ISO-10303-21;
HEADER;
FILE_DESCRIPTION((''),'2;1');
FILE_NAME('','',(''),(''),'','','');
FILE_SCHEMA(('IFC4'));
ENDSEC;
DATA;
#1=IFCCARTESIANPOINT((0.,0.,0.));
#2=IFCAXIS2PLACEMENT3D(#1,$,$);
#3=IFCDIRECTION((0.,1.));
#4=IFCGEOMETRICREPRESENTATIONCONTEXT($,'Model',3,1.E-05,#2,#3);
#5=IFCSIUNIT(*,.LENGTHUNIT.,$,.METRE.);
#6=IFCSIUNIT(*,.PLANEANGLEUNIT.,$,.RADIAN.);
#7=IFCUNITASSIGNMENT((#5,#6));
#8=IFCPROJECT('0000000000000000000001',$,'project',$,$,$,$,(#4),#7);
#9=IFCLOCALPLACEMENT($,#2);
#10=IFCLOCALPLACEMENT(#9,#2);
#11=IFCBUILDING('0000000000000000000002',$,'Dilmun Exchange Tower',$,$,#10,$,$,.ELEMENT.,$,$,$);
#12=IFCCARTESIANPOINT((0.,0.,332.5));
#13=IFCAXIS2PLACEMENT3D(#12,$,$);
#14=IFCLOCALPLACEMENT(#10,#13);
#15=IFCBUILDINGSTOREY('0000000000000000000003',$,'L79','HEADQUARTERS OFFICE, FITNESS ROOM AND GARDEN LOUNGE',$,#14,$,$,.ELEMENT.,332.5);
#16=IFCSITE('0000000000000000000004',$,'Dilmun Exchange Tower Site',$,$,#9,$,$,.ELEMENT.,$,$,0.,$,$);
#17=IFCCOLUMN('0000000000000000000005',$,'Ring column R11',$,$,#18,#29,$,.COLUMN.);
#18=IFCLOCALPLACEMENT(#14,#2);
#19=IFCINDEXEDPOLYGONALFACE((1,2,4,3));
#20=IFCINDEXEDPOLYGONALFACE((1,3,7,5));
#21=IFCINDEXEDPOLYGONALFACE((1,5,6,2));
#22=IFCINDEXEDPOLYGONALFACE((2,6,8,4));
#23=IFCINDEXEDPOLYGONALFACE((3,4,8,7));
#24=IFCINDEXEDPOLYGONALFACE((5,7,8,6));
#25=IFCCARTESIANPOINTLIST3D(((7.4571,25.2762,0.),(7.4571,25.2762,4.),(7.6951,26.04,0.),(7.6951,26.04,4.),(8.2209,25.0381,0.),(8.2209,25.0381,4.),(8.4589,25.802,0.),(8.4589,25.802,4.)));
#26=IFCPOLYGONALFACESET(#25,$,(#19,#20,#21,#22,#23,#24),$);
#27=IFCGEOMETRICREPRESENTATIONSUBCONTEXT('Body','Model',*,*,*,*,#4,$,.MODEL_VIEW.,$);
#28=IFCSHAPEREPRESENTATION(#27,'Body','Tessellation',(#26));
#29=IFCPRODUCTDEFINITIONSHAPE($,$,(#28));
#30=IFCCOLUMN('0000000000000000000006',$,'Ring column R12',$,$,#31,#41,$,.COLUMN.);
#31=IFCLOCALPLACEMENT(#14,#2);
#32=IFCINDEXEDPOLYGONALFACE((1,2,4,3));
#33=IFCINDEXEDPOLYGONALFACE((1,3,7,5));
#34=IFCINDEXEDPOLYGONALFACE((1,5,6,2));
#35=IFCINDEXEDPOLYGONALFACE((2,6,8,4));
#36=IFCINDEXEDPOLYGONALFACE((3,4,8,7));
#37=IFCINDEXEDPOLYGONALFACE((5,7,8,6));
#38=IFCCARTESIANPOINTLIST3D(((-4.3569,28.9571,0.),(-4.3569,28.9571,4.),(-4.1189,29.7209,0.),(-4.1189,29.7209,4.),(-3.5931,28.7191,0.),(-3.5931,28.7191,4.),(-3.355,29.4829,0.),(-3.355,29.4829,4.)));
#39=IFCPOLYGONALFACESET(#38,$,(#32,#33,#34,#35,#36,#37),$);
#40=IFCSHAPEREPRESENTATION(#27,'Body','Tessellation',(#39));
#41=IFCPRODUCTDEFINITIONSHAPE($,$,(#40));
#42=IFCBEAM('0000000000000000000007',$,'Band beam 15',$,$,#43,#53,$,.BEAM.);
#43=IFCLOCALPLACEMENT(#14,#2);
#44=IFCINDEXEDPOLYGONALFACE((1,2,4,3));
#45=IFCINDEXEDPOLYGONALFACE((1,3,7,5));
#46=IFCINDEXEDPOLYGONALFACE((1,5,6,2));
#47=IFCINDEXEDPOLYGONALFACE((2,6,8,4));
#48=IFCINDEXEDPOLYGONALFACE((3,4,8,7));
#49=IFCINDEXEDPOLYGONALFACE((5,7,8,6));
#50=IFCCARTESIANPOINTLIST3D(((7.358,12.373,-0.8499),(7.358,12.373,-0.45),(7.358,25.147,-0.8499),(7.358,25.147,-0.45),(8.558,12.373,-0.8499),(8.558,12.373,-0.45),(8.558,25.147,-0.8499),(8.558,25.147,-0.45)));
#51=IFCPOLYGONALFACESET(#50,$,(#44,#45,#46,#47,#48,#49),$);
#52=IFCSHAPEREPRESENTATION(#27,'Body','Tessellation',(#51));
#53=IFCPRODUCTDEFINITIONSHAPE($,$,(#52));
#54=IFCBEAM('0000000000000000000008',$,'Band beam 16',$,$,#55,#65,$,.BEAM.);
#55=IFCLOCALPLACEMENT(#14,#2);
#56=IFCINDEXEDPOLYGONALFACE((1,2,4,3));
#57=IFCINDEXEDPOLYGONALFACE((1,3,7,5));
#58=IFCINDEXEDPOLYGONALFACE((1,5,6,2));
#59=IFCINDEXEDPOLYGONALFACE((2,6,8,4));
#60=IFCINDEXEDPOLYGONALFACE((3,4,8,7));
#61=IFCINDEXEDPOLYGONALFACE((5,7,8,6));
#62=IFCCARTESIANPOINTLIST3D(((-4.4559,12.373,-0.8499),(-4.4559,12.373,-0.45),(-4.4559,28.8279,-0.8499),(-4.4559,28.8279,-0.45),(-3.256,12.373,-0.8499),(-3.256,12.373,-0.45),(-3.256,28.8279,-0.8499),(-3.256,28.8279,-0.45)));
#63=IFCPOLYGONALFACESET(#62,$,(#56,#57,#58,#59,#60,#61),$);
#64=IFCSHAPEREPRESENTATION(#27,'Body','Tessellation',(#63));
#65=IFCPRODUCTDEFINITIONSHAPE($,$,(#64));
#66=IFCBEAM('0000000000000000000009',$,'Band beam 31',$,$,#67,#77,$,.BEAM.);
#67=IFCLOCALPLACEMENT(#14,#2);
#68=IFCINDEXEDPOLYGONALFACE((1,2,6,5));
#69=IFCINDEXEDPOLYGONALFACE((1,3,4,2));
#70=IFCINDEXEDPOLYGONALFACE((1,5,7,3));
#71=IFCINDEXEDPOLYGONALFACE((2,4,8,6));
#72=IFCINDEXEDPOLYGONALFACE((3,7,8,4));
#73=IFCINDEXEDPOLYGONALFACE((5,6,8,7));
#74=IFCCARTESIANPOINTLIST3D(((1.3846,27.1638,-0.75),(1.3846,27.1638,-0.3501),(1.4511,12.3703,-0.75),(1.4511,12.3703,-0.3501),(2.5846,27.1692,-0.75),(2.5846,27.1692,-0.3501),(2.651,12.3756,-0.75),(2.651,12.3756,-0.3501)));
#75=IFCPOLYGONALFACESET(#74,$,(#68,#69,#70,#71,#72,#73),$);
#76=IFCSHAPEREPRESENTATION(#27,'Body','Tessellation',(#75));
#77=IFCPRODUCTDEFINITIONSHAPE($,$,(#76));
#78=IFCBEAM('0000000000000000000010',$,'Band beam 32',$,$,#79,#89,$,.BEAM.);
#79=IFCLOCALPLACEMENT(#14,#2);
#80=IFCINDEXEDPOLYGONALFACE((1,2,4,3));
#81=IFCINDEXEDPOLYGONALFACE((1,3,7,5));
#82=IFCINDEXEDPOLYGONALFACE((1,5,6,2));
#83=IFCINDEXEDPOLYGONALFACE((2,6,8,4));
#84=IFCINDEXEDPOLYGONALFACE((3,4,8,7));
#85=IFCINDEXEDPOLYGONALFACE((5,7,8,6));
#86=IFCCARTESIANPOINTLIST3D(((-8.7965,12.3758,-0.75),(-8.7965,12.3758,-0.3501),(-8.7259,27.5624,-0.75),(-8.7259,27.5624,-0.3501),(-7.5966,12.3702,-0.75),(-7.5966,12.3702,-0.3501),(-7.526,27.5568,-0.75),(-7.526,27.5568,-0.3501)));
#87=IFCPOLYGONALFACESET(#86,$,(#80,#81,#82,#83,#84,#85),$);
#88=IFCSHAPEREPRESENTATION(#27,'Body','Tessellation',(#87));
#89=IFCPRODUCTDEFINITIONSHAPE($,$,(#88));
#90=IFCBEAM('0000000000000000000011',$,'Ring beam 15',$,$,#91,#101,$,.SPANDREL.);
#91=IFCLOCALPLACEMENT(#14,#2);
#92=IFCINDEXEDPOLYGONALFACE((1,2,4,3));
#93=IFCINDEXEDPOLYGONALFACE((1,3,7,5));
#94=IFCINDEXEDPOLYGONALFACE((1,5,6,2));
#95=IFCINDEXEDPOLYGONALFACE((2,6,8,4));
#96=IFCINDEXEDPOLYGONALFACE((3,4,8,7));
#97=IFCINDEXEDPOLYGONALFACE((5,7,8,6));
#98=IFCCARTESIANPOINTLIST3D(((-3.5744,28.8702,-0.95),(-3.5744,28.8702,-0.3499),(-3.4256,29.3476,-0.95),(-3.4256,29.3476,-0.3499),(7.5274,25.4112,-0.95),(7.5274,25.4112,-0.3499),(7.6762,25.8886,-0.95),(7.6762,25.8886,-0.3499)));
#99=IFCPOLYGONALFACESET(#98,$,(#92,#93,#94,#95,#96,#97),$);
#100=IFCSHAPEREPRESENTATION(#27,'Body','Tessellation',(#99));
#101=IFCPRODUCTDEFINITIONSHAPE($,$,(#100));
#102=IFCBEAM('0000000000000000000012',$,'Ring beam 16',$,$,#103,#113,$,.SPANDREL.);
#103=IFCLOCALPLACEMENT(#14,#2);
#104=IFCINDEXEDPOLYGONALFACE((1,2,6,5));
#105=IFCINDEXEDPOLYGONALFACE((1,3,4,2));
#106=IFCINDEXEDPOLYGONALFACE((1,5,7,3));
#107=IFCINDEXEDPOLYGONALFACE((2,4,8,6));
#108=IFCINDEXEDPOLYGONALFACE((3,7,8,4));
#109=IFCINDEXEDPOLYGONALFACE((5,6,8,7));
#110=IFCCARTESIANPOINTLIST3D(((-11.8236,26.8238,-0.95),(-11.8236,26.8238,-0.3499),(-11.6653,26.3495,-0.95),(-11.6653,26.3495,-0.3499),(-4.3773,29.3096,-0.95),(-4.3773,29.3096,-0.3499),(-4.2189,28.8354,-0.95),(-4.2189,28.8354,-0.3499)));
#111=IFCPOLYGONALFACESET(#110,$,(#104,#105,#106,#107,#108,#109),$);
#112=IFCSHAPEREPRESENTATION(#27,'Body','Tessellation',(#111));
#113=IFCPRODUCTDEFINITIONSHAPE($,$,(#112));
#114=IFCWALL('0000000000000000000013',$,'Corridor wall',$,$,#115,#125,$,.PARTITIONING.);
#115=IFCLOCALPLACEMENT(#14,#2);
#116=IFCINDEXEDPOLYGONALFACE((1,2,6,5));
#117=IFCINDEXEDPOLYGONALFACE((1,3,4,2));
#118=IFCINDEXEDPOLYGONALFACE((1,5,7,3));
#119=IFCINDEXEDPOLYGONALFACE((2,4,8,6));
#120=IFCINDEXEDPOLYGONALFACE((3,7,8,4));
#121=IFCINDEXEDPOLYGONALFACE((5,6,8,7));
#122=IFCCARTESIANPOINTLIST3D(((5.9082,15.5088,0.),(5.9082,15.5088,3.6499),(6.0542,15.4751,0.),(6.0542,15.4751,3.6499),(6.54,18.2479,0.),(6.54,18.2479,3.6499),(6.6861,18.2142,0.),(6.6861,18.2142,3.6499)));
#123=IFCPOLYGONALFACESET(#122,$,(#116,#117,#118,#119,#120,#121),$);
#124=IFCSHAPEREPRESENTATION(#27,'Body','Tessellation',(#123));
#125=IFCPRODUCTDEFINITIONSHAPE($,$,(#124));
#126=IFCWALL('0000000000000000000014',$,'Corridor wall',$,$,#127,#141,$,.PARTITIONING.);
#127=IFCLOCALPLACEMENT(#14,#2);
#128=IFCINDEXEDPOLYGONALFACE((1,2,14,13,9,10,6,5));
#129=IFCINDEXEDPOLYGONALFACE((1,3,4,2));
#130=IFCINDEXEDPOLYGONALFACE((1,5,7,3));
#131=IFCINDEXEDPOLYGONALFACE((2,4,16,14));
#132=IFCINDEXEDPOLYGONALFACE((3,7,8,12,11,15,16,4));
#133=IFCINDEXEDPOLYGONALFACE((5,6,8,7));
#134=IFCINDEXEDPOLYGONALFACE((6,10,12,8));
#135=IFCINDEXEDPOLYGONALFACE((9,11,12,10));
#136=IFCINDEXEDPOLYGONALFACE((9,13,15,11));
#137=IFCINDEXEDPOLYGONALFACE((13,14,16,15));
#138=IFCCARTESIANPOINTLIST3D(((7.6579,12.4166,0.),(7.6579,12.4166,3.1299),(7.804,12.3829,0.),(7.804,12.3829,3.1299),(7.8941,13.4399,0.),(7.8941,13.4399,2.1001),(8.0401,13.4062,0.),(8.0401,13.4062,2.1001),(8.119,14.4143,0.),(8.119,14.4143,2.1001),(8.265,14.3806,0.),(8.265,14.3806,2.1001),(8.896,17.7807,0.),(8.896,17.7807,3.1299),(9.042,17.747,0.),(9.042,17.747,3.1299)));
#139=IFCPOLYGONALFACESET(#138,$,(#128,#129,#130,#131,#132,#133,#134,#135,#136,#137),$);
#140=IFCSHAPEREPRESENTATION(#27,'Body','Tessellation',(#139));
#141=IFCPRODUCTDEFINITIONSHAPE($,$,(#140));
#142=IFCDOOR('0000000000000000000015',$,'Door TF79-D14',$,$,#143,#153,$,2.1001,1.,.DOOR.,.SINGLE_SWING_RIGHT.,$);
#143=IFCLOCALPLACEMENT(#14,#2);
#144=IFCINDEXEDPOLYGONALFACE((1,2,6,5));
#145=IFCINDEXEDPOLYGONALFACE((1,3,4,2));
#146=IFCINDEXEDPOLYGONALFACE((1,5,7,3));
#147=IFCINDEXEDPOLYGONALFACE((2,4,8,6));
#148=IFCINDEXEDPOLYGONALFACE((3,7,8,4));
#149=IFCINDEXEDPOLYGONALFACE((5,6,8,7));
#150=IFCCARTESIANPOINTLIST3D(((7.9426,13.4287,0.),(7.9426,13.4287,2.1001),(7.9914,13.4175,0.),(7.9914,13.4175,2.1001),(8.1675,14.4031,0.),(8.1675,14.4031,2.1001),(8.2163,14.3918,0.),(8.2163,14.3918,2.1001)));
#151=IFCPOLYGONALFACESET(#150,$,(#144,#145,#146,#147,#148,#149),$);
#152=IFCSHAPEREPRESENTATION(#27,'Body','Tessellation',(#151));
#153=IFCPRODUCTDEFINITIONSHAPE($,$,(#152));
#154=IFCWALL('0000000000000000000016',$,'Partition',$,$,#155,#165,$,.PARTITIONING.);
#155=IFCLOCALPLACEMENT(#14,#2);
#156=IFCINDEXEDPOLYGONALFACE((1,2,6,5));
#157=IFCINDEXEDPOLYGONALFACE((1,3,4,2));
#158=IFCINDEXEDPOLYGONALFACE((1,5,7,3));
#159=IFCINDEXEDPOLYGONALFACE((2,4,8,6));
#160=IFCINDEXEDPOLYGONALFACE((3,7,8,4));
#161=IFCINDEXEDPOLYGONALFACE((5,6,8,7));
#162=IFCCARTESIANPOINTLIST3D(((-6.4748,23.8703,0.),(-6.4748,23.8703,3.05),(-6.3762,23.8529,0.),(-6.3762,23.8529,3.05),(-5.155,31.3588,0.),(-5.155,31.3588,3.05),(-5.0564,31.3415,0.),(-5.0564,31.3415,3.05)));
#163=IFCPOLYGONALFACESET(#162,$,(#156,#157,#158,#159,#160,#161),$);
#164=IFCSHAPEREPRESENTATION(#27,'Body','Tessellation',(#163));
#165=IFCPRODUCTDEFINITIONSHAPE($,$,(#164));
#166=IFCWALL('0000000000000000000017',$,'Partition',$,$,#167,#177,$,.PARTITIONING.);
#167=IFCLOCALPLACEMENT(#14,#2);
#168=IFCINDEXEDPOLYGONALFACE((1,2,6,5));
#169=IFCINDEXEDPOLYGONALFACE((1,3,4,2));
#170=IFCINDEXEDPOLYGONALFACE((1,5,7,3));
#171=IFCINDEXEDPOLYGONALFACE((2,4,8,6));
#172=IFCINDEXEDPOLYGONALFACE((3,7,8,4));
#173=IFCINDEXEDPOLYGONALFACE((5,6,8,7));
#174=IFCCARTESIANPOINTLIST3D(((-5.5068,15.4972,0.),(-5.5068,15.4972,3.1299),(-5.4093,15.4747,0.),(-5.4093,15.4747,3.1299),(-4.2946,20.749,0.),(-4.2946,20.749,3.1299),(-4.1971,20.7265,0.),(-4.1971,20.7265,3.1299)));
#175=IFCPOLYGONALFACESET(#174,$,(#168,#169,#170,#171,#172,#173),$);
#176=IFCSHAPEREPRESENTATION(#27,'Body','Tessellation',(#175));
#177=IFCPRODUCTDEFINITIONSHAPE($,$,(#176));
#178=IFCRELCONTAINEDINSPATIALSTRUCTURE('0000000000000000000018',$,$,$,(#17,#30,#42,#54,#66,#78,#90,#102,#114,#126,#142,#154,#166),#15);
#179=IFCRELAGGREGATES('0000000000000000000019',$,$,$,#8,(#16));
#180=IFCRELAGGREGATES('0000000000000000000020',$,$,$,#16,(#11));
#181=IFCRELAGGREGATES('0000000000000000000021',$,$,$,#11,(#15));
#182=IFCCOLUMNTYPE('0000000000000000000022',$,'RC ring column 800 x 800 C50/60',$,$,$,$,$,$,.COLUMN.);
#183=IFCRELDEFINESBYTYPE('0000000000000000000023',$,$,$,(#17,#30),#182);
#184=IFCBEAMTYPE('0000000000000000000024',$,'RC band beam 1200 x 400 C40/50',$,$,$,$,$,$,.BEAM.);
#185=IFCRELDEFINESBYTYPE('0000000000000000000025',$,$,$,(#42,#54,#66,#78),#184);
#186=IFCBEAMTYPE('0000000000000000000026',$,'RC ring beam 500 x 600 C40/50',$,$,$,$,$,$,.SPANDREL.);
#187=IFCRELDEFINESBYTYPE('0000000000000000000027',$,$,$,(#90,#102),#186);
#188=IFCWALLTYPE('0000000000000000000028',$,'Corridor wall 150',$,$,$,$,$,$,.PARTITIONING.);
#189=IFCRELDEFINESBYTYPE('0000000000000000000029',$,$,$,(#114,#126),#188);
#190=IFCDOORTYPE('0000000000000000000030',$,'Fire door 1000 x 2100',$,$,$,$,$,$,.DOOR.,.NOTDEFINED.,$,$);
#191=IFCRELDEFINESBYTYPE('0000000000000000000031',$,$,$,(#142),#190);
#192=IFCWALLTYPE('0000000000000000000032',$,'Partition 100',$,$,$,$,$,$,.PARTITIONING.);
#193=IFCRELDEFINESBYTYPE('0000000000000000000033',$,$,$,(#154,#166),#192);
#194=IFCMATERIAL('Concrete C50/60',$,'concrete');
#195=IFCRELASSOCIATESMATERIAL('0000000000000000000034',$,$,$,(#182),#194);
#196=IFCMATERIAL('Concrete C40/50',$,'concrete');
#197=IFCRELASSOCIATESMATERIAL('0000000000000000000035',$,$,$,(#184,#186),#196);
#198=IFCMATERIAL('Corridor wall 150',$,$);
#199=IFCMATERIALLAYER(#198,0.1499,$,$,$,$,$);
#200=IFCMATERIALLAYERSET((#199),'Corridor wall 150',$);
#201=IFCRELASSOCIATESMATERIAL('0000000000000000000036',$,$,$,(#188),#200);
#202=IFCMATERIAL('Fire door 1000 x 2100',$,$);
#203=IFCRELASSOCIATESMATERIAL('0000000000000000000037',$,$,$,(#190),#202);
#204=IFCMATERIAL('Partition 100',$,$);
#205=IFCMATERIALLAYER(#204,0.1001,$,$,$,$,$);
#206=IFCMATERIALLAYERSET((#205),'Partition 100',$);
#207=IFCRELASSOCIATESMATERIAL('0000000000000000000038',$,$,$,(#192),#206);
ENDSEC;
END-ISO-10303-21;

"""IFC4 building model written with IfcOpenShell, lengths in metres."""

from ifc_helpers import new_model, si_unit, direction, frame, frame_2d, origin, origin_2d, place, context, subcontext, project, spatial, rectangle, extrude, material, layer, layer_set, material_profile, profile_set, type_object, element, fill, save


model = new_model("IFC4")

# Units and contexts
model_context = context("Model", 3, precision=1e-05, world=origin(), true_north=direction((0.0, 1.0)))
body_context = subcontext(model_context, "Body", "Model", "MODEL_VIEW")
ifc_project = project(units=[si_unit("LENGTHUNIT", "METRE"), si_unit("PLANEANGLEUNIT", "RADIAN")], contexts=[model_context])

# Site, building, storey
site_placement = place(None, origin())
site = spatial("IfcSite", under=ifc_project, at=site_placement, Name="Dilmun Exchange Tower Site", CompositionType="ELEMENT", RefElevation=0.0)
building_placement = place(site_placement, origin())
building = spatial("IfcBuilding", under=site, at=building_placement, Name="Dilmun Exchange Tower", CompositionType="ELEMENT")
storey_placement = place(building_placement, frame((0.0, 0.0, 332.5)))
storey = spatial("IfcBuildingStorey", under=building, at=storey_placement, Name="L79", Description="HEADQUARTERS OFFICE, FITNESS ROOM AND GARDEN LOUNGE", CompositionType="ELEMENT", Elevation=332.5)

# Columns
ifc_material_1 = material(Name="Concrete C50/60", Category="concrete")
ifc_material_profile_1 = material_profile(ifc_material_1, rectangle(XDim=0.8, YDim=0.8, at=origin_2d()), Name="800 x 800")
ifc_profile_set_1 = profile_set([ifc_material_profile_1], Name="Concrete C50/60")
column_type = type_object("IfcColumnType", Name="RC ring column 800 x 800 C50/60", PredefinedType="COLUMN", material=ifc_profile_set_1)
for number, where, z_axis, x_axis, name in (
    (1, (7.958, 25.5391, 0.0), (0.0, 0.0, 1.0), (0.297503, 0.954721, 0.0), "Ring column R11"),
    (2, (-3.856, 29.22, 0.0), (0.0, 0.0, 1.0), (0.297503, 0.954721, 0.0), "Ring column R12"),
):
    element("IfcColumn", number, at=place(storey_placement, frame(where, z_axis=z_axis, x_axis=x_axis)), inside=storey, type_object=column_type, Name=name, PredefinedType="COLUMN", context=body_context, shape_type="SweptSolid", body=[
        extrude(rectangle(XDim=0.8, YDim=0.8, at=origin_2d()), origin(), (0.0, 0.0, 1.0), 4.0),
    ])

# Beams
ifc_material_2 = material(Name="Concrete C40/50", Category="concrete")
ifc_material_profile_2 = material_profile(ifc_material_2, rectangle(XDim=1.2, YDim=0.3999, at=origin_2d()), Name="1200 x 400")
ifc_profile_set_2 = profile_set([ifc_material_profile_2], Name="Concrete C40/50")
beam_type_1 = type_object("IfcBeamType", Name="RC band beam 1200 x 400 C40/50", PredefinedType="BEAM", material=ifc_profile_set_2)
beam_1_placement = place(storey_placement, frame((7.958, 25.147, -0.6499), z_axis=(0.0, -1.0, 0.0), x_axis=(1.0, 0.0, 0.0)))
element("IfcBeam", 3, at=beam_1_placement, inside=storey, type_object=beam_type_1, Name="Band beam 15", PredefinedType="BEAM", context=body_context, shape_type="SweptSolid", body=[
    extrude(rectangle(XDim=1.2, YDim=0.3999, at=origin_2d()), origin(), (0.0, 0.0, 1.0), 12.7739),
])
beam_2_placement = place(storey_placement, frame((-3.856, 28.8279, -0.6499), z_axis=(0.0, -1.0, 0.0), x_axis=(1.0, 0.0, 0.0)))
element("IfcBeam", 4, at=beam_2_placement, inside=storey, type_object=beam_type_1, Name="Band beam 16", PredefinedType="BEAM", context=body_context, shape_type="SweptSolid", body=[
    extrude(rectangle(XDim=1.2, YDim=0.3999, at=origin_2d()), origin(), (0.0, 0.0, 1.0), 16.4548),
])
beam_3_placement = place(storey_placement, frame((1.9846, 27.1665, -0.55), z_axis=(0.004489, -0.99999, 0.0), x_axis=(0.99999, 0.004489, 0.0)))
element("IfcBeam", 5, at=beam_3_placement, inside=storey, type_object=beam_type_1, Name="Band beam 31", PredefinedType="BEAM", context=body_context, shape_type="SweptSolid", body=[
    extrude(rectangle(XDim=1.2, YDim=0.3999, at=origin_2d()), origin(), (0.0, 0.0, 1.0), 14.7937),
])
beam_4_placement = place(storey_placement, frame((-8.126, 27.5596, -0.55), z_axis=(-0.004646, -0.999989, 0.0), x_axis=(0.999989, -0.004646, 0.0)))
element("IfcBeam", 6, at=beam_4_placement, inside=storey, type_object=beam_type_1, Name="Band beam 32", PredefinedType="BEAM", context=body_context, shape_type="SweptSolid", body=[
    extrude(rectangle(XDim=1.2, YDim=0.3999, at=origin_2d()), origin(), (0.0, 0.0, 1.0), 15.1868),
])
ifc_material_profile_3 = material_profile(ifc_material_2, rectangle(XDim=0.5, YDim=0.6001, at=origin_2d()), Name="500 x 600")
ifc_profile_set_3 = profile_set([ifc_material_profile_3], Name="Concrete C40/50")
beam_type_2 = type_object("IfcBeamType", Name="RC ring beam 500 x 600 C40/50", PredefinedType="SPANDREL", material=ifc_profile_set_3)
beam_5_placement = place(storey_placement, frame((7.6018, 25.6499, -0.6499), z_axis=(-0.954733, 0.297466, 0.0), x_axis=(-0.297466, -0.954733, 0.0)))
element("IfcBeam", 7, at=beam_5_placement, inside=storey, type_object=beam_type_2, Name="Ring beam 15", PredefinedType="SPANDREL", context=body_context, shape_type="SweptSolid", body=[
    extrude(rectangle(XDim=0.5, YDim=0.6001, at=origin_2d()), origin(), (0.0, 0.0, 1.0), 11.6282),
])
beam_6_placement = place(storey_placement, frame((-4.2981, 29.0725, -0.6499), z_axis=(-0.94854, -0.316657, 0.0), x_axis=(0.316657, -0.94854, 0.0)))
element("IfcBeam", 8, at=beam_6_placement, inside=storey, type_object=beam_type_2, Name="Ring beam 16", PredefinedType="SPANDREL", context=body_context, shape_type="SweptSolid", body=[
    extrude(rectangle(XDim=0.5, YDim=0.6001, at=origin_2d()), origin(), (0.0, 0.0, 1.0), 7.8503),
])

# Wall
ifc_material_3 = material(Name="Corridor wall 150")
ifc_layer_1 = layer(ifc_material_3, 0.1499)
ifc_layer_set_1 = layer_set([ifc_layer_1], Name="Corridor wall 150")
wall_type_1 = type_object("IfcWallType", Name="Corridor wall 150", PredefinedType="PARTITIONING", material=ifc_layer_set_1)
wall_1_placement = place(storey_placement, frame((5.9812, 15.4919, 0.0), z_axis=(0.0, 0.0, 1.0), x_axis=(0.224777, 0.97441, 0.0)))
element("IfcWall", 9, at=wall_1_placement, inside=storey, type_object=wall_type_1, Name="Corridor wall", PredefinedType="PARTITIONING", context=body_context, shape_type="SweptSolid", body=[
    extrude(rectangle(XDim=2.811, YDim=0.1499, at=frame_2d((1.4055, 0.0))), origin(), (0.0, 0.0, 1.0), 3.6499),
])

# Wall, opening, door
wall_2_placement = place(storey_placement, frame((7.731, 12.3999, 0.0), z_axis=(0.0, 0.0, 1.0), x_axis=(0.224892, 0.974384, 0.0)))
wall_2 = element("IfcWall", 10, at=wall_2_placement, inside=storey, type_object=wall_type_1, Name="Corridor wall", PredefinedType="PARTITIONING", context=body_context, shape_type="SweptSolid", body=[
    extrude(rectangle(XDim=5.5051, YDim=0.1499, at=frame_2d((2.7524, 0.0))), origin(), (0.0, 0.0, 1.0), 3.1299),
])
opening_placement = place(wall_2_placement, frame((1.05, 0.0, 0.0)))
opening = element("IfcOpeningElement", 11, at=opening_placement, cuts=wall_2, PredefinedType="OPENING", context=body_context, shape_type="SweptSolid", body=[
    extrude(rectangle(XDim=1.0, YDim=2.1001, at=frame_2d((0.5, 1.05))), frame((0.0, 0.085, 0.0), z_axis=(0.0, -1.0, 0.0), x_axis=(1.0, 0.0, 0.0)), (0.0, 0.0, 1.0), 0.1699),
])
ifc_material_4 = material(Name="Fire door 1000 x 2100")
door_type = type_object("IfcDoorType", Name="Fire door 1000 x 2100", OperationType="NOTDEFINED", PredefinedType="DOOR", material=ifc_material_4)
door_placement = place(opening_placement, frame((1.0, 0.0, 0.0), z_axis=(0.0, 0.0, 1.0), x_axis=(-1.0, 0.0, 0.0)))
door = element("IfcDoor", 12, at=door_placement, inside=storey, type_object=door_type, Name="Door TF79-D14", OperationType="SINGLE_SWING_RIGHT", OverallHeight=2.1001, OverallWidth=1.0, PredefinedType="DOOR", context=body_context, shape_type="SweptSolid", body=[
    extrude(rectangle(XDim=1.0, YDim=2.1001, at=frame_2d((0.5, 1.05))), frame((0.0, 0.0249, 0.0), z_axis=(0.0, -1.0, 0.0), x_axis=(1.0, 0.0, 0.0)), (0.0, 0.0, 1.0), 0.05),
])
fill(opening, door)

# Walls
ifc_material_5 = material(Name="Partition 100")
ifc_layer_2 = layer(ifc_material_5, 0.1001)
ifc_layer_set_2 = layer_set([ifc_layer_2], Name="Partition 100")
wall_type_2 = type_object("IfcWallType", Name="Partition 100", PredefinedType="PARTITIONING", material=ifc_layer_set_2)
wall_3_placement = place(storey_placement, frame((-6.4255, 23.8616, 0.0), z_axis=(0.0, 0.0, 1.0), x_axis=(0.173571, 0.984821, 0.0)))
element("IfcWall", 13, at=wall_3_placement, inside=storey, type_object=wall_type_2, Name="Partition", PredefinedType="PARTITIONING", context=body_context, shape_type="SweptSolid", body=[
    extrude(rectangle(XDim=7.604, YDim=0.1001, at=frame_2d((3.802, 0.0))), origin(), (0.0, 0.0, 1.0), 3.05),
])
wall_4_placement = place(storey_placement, frame((-5.458, 15.4861, 0.0), z_axis=(0.0, 0.0, 1.0), x_axis=(0.224899, 0.974382, 0.0)))
element("IfcWall", 14, at=wall_4_placement, inside=storey, type_object=wall_type_2, Name="Partition", PredefinedType="PARTITIONING", context=body_context, shape_type="SweptSolid", body=[
    extrude(rectangle(XDim=5.3899, YDim=0.1001, at=frame_2d((2.6948, 0.0))), origin(), (0.0, 0.0, 1.0), 3.1299),
])

save(model, "model.ifc")
